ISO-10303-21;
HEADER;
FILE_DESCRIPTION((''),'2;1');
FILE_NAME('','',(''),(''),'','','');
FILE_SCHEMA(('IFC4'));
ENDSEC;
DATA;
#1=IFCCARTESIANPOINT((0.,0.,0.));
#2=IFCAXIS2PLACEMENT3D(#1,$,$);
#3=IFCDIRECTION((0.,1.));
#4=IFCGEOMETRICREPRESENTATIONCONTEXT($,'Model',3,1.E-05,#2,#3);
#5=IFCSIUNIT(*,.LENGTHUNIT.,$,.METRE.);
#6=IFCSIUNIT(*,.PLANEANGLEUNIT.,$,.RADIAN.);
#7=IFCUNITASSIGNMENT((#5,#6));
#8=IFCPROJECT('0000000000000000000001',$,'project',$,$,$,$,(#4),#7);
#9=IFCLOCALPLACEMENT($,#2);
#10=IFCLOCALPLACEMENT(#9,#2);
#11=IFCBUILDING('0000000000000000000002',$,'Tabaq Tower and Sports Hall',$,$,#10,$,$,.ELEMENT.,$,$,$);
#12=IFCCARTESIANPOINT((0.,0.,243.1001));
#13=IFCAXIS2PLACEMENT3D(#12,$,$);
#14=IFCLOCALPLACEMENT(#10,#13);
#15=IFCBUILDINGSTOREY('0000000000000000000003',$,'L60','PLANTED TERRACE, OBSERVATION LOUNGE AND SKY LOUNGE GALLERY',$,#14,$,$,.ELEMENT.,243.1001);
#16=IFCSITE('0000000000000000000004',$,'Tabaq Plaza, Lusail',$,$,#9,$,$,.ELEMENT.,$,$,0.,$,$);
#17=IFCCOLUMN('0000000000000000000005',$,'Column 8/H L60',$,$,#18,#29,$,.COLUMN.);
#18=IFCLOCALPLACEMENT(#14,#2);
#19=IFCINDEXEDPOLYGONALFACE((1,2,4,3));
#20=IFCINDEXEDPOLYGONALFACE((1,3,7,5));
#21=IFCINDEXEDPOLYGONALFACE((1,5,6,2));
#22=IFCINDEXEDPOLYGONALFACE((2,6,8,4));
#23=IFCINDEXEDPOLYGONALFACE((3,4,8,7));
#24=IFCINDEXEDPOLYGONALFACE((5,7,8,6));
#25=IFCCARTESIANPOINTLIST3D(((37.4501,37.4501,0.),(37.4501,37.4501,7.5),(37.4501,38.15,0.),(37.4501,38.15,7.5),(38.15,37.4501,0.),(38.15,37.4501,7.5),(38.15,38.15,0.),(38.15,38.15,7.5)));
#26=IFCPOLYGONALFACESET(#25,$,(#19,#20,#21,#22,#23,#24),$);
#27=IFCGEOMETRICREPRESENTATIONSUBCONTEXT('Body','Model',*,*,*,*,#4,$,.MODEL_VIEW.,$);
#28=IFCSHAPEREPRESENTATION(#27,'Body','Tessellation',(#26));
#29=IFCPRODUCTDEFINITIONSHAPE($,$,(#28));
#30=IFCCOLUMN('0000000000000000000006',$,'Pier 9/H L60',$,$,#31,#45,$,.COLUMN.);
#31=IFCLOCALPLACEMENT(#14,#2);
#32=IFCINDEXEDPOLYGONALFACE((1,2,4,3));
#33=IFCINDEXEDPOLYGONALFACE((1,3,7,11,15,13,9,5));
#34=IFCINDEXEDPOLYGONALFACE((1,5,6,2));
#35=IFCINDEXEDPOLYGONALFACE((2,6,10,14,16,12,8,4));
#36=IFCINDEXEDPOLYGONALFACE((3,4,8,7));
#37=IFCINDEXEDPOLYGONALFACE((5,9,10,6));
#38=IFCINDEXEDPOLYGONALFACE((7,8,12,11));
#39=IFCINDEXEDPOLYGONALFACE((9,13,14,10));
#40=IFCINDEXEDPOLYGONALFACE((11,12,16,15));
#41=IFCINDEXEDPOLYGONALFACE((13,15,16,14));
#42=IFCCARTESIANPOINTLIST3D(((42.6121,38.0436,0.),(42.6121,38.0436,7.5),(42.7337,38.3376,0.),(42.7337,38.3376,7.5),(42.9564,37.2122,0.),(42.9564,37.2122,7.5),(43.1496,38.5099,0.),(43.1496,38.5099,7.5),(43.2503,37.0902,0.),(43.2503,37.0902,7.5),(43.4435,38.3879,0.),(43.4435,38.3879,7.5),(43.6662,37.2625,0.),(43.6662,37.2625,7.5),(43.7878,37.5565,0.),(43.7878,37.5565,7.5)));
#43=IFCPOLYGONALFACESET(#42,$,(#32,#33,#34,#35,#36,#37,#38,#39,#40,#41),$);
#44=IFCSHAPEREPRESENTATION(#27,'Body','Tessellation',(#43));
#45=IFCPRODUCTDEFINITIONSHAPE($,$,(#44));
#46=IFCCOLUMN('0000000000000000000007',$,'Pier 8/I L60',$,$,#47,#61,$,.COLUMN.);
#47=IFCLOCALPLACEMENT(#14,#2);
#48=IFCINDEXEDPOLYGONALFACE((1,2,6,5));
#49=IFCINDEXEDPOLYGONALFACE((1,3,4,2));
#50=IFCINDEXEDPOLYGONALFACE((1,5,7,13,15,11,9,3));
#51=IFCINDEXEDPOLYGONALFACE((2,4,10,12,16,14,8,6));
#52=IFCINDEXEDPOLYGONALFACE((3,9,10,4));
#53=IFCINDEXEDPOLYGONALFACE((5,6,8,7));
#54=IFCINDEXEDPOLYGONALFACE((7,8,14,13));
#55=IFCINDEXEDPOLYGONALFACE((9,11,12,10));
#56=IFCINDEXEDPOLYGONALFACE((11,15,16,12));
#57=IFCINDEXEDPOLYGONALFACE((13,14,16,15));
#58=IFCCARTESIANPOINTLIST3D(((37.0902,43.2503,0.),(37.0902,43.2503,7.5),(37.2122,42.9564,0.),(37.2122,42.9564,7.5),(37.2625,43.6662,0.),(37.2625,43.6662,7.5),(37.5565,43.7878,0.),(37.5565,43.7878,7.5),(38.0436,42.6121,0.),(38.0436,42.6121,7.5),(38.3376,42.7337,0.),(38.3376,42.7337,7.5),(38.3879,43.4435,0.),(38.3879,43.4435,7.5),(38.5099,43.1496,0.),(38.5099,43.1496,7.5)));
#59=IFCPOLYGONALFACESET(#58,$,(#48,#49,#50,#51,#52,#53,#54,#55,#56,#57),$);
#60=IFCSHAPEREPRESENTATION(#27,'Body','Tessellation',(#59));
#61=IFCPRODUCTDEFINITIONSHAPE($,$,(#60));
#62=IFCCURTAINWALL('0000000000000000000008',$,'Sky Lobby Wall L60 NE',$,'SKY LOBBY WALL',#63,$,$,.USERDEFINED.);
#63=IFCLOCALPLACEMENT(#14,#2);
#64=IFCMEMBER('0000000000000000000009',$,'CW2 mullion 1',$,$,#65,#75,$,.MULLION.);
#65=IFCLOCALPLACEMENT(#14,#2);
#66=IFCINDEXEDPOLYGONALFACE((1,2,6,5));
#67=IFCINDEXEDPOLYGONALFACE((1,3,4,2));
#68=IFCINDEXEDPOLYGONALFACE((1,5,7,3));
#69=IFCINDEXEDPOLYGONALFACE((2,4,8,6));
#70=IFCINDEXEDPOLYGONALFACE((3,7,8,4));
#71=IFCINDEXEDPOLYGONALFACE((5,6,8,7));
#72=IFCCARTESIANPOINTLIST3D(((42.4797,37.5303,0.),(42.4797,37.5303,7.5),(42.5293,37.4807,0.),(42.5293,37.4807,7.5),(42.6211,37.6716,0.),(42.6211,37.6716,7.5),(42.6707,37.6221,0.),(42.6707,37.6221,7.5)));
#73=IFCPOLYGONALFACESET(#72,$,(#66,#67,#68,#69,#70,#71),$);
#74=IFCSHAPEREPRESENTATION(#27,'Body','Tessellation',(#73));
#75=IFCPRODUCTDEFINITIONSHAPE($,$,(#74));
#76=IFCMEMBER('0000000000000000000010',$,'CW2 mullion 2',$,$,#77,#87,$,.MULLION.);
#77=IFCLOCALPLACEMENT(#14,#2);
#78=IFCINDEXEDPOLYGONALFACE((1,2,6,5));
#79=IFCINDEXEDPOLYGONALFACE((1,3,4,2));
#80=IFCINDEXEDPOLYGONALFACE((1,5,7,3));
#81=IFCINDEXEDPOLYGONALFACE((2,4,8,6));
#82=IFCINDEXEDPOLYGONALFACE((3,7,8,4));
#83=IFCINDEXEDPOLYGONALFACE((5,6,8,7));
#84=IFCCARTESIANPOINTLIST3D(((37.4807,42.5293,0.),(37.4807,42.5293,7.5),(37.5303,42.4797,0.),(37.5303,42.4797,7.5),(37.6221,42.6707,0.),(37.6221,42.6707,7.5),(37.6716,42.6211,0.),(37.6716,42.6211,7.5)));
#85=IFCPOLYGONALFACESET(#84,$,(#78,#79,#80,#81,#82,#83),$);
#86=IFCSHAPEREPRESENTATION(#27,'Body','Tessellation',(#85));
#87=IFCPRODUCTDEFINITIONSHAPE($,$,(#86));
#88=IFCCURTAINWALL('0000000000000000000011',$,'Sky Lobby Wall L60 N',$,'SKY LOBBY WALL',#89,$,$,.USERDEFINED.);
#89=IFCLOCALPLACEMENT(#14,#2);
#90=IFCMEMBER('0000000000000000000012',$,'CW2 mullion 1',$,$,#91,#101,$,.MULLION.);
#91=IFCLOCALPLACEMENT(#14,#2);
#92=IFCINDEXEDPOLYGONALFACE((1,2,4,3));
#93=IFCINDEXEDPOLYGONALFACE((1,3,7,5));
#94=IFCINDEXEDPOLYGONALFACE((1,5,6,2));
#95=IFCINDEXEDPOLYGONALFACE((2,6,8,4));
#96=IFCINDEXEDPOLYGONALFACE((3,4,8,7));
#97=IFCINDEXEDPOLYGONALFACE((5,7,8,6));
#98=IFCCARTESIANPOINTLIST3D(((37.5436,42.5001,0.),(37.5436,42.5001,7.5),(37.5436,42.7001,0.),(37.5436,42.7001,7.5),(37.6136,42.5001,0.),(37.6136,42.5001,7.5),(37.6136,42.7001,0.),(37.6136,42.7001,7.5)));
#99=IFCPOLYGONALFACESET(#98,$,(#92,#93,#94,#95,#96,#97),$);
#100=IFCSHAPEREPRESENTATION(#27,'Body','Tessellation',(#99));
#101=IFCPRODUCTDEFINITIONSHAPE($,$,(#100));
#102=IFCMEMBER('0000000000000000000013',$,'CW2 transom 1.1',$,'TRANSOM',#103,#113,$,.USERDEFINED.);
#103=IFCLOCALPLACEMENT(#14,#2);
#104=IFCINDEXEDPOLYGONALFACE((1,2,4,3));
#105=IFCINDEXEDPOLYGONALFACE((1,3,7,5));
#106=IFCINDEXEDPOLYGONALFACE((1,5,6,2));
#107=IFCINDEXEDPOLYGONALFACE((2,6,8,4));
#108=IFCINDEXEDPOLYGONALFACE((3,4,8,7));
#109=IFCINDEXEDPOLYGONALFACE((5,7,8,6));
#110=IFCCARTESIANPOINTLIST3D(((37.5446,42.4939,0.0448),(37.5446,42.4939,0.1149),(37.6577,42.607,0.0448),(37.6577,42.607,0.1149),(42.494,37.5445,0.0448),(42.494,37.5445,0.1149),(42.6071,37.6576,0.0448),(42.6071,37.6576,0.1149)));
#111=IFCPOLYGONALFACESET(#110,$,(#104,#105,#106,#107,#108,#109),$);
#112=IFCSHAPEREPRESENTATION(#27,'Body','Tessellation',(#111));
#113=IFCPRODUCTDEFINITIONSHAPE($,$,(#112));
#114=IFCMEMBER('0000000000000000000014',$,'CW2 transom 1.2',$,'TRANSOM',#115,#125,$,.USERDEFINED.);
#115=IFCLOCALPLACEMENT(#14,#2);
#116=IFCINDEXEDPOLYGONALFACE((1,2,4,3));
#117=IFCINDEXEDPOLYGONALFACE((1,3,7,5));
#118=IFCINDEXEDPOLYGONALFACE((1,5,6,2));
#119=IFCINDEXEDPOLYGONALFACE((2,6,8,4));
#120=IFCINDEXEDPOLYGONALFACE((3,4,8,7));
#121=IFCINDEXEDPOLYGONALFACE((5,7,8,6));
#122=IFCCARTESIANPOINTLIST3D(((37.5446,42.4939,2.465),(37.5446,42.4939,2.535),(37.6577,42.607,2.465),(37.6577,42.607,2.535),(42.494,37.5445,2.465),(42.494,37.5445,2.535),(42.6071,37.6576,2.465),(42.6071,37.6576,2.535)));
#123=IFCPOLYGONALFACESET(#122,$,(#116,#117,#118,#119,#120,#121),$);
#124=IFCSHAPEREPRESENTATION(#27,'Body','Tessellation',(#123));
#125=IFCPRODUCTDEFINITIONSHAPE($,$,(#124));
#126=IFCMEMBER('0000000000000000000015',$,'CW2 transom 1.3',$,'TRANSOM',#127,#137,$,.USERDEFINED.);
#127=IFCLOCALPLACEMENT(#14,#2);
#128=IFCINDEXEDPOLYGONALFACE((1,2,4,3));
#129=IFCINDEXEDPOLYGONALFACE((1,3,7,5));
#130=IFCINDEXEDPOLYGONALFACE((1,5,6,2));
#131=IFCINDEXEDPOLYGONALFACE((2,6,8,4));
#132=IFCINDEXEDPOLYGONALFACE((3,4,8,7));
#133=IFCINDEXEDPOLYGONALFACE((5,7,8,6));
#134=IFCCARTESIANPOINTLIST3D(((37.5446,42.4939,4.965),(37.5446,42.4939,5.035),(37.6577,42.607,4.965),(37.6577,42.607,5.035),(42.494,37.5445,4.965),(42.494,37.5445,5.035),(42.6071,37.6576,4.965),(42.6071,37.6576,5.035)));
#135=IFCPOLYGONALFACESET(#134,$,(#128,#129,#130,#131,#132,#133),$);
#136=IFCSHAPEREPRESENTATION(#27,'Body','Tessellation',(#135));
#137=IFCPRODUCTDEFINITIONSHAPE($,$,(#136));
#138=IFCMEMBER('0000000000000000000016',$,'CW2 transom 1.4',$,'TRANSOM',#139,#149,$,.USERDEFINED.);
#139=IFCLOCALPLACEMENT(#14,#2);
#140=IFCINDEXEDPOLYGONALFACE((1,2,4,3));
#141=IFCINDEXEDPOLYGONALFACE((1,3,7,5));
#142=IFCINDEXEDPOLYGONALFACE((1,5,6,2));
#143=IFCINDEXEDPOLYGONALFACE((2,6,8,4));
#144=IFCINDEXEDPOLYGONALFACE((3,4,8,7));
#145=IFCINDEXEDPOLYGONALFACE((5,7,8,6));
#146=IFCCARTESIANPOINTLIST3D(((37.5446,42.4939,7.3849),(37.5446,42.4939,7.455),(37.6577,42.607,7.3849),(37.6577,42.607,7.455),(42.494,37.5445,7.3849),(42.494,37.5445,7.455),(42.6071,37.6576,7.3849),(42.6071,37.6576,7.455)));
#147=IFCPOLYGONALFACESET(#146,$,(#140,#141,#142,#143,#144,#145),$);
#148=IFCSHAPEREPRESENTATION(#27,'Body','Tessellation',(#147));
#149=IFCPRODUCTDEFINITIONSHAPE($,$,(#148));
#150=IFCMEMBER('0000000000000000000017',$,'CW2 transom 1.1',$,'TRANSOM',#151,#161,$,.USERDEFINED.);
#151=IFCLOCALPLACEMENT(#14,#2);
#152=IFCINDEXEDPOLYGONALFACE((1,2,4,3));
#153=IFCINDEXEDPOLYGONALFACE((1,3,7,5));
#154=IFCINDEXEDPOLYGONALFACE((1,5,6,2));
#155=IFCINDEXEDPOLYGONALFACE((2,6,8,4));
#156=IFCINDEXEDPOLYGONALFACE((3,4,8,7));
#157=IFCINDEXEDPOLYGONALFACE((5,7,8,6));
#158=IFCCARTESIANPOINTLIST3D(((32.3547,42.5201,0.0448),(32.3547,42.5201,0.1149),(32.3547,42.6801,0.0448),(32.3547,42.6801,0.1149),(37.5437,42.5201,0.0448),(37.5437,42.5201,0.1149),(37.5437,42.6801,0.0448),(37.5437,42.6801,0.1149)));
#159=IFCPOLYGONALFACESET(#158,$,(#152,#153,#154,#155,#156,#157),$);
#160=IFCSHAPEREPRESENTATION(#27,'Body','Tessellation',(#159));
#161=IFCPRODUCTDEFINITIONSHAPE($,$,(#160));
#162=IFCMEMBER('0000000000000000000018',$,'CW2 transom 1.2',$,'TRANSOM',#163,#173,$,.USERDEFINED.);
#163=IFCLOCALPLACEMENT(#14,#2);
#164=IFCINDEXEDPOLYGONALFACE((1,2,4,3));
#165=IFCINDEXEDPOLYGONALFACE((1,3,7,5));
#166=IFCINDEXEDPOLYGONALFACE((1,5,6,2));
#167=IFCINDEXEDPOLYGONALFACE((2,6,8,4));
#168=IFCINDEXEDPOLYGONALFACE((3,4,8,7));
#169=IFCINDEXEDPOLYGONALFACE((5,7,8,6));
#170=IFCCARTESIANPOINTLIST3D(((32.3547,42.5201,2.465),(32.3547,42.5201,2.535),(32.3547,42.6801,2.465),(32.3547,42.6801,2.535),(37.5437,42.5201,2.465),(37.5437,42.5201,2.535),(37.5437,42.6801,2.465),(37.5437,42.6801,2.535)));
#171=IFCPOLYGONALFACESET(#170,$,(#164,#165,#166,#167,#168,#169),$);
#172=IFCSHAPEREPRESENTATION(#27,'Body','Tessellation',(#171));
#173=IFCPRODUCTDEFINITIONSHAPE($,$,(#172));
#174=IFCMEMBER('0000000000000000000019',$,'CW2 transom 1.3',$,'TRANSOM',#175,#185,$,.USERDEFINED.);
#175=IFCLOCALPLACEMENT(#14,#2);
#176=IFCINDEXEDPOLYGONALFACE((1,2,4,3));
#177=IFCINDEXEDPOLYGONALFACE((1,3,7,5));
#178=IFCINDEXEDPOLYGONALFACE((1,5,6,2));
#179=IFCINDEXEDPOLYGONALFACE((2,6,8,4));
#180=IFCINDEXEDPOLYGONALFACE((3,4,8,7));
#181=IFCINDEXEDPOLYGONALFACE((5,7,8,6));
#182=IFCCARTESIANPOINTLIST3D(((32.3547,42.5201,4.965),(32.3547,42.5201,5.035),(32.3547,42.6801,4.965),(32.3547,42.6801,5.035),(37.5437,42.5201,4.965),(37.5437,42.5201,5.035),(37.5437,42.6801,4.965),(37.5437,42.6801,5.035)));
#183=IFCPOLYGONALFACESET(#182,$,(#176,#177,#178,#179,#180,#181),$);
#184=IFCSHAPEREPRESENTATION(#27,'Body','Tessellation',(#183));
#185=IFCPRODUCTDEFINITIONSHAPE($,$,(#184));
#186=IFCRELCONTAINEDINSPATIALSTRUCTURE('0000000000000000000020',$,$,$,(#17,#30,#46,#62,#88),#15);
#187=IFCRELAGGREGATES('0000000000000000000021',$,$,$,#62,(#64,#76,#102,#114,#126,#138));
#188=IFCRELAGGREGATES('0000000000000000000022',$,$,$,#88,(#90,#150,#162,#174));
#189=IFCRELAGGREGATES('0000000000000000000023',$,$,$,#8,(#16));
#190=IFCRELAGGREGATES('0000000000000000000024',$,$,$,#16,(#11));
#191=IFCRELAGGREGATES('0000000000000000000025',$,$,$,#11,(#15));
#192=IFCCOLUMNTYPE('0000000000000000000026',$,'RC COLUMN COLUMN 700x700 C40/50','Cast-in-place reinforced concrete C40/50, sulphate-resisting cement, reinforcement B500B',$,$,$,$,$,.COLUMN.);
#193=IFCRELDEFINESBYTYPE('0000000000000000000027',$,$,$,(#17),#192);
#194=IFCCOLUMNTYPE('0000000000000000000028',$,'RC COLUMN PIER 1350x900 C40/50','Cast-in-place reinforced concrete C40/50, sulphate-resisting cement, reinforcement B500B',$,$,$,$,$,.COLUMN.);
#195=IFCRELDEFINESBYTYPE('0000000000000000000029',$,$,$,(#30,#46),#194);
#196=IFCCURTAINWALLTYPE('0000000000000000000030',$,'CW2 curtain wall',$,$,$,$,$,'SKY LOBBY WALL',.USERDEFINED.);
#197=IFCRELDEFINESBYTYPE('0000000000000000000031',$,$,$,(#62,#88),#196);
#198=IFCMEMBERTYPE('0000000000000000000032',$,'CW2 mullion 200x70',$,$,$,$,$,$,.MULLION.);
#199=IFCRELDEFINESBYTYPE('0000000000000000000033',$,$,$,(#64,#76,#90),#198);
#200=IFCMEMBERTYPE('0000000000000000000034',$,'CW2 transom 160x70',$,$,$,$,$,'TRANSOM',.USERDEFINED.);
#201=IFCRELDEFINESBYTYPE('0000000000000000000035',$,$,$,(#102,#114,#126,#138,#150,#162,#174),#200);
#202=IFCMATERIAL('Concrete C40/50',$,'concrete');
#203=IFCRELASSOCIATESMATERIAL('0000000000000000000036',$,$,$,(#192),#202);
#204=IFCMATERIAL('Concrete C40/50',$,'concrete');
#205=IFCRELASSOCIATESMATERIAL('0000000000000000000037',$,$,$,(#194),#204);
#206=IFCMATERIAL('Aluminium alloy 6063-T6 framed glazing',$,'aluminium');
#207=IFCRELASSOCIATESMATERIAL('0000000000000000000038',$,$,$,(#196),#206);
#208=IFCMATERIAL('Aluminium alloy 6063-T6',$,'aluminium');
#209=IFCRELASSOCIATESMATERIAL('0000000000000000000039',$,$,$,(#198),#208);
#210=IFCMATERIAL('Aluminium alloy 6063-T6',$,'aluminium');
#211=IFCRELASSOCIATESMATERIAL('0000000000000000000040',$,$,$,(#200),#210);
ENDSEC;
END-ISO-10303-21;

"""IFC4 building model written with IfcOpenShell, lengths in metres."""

from ifc_helpers import new_model, si_unit, direction, frame, origin, origin_2d, place, context, subcontext, project, spatial, polyline, rectangle, outline, extrude, material, material_profile, profile_set, type_object, element, aggregate, save


model = new_model("IFC4")

# Units and contexts
model_context = context("Model", 3, precision=1e-05, world=origin(), true_north=direction((0.0, 1.0)))
body_context = subcontext(model_context, "Body", "Model", "MODEL_VIEW")
ifc_project = project(units=[si_unit("LENGTHUNIT", "METRE"), si_unit("PLANEANGLEUNIT", "RADIAN")], contexts=[model_context])

# Site, building, storey
site_placement = place(None, origin())
site = spatial("IfcSite", under=ifc_project, at=site_placement, Name="Tabaq Plaza, Lusail", CompositionType="ELEMENT", RefElevation=0.0)
building_placement = place(site_placement, origin())
building = spatial("IfcBuilding", under=site, at=building_placement, Name="Tabaq Tower and Sports Hall", CompositionType="ELEMENT")
storey_placement = place(building_placement, frame((0.0, 0.0, 243.1001)))
storey = spatial("IfcBuildingStorey", under=building, at=storey_placement, Name="L60", Description="PLANTED TERRACE, OBSERVATION LOUNGE AND SKY LOUNGE GALLERY", CompositionType="ELEMENT", Elevation=243.1001)

# Columns
ifc_material_1 = material(Name="Concrete C40/50", Category="concrete")
ifc_material_profile_1 = material_profile(ifc_material_1, rectangle(XDim=0.7, YDim=0.7, at=origin_2d()), Name="COLUMN 700x700")
ifc_profile_set_1 = profile_set([ifc_material_profile_1], Name="Concrete C40/50")
column_type_1 = type_object("IfcColumnType", Name="RC COLUMN COLUMN 700x700 C40/50", Description="Cast-in-place reinforced concrete C40/50, sulphate-resisting cement, reinforcement B500B", PredefinedType="COLUMN", material=ifc_profile_set_1)
column_placement = place(storey_placement, frame((37.8, 37.8, 0.0), z_axis=(0.0, 0.0, 1.0), x_axis=(1.0, 0.0, 0.0)))
element("IfcColumn", 1, at=column_placement, inside=storey, type_object=column_type_1, Name="Column 8/H L60", PredefinedType="COLUMN", context=body_context, shape_type="SweptSolid", body=[
    extrude(rectangle(XDim=0.7, YDim=0.7, at=origin_2d()), origin(), (0.0, 0.0, 1.0), 7.5),
])
ifc_material_2 = material(Name="Concrete C40/50", Category="concrete")
ifc_material_profile_2 = material_profile(ifc_material_2, outline(polyline([(-0.45, -0.45), (0.45, -0.45), (0.675, -0.2251), (0.675, 0.2251), (0.45, 0.45), (-0.45, 0.45), (-0.675, 0.2251), (-0.675, -0.2251), (-0.45, -0.45)])), Name="PIER 1350x900")
ifc_profile_set_2 = profile_set([ifc_material_profile_2], Name="Concrete C40/50")
column_type_2 = type_object("IfcColumnType", Name="RC COLUMN PIER 1350x900 C40/50", Description="Cast-in-place reinforced concrete C40/50, sulphate-resisting cement, reinforcement B500B", PredefinedType="COLUMN", material=ifc_profile_set_2)
for number, where, z_axis, x_axis, name in (
    (2, (43.2, 37.8, 0.0), (0.0, 0.0, 1.0), (-0.382683, 0.92388, 0.0), "Pier 9/H L60"),
    (3, (37.8, 43.2, 0.0), (0.0, 0.0, 1.0), (-0.92388, 0.382683, 0.0), "Pier 8/I L60"),
):
    element("IfcColumn", number, at=place(storey_placement, frame(where, z_axis=z_axis, x_axis=x_axis)), inside=storey, type_object=column_type_2, Name=name, PredefinedType="COLUMN", context=body_context, shape_type="SweptSolid", body=[
        extrude(outline(polyline([(-0.45, -0.45), (0.45, -0.45), (0.675, -0.2251), (0.675, 0.2251), (0.45, 0.45), (-0.45, 0.45), (-0.675, 0.2251), (-0.675, -0.2251), (-0.45, -0.45)])), origin(), (0.0, 0.0, 1.0), 7.5),
    ])

# Curtain wall, members
ifc_material_3 = material(Name="Aluminium alloy 6063-T6 framed glazing", Category="aluminium")
curtain_wall_type = type_object("IfcCurtainWallType", Name="CW2 curtain wall", ElementType="SKY LOBBY WALL", PredefinedType="USERDEFINED", material=ifc_material_3)
curtain_wall_1_placement = place(storey_placement, origin())
curtain_wall_1 = element("IfcCurtainWall", 4, at=curtain_wall_1_placement, inside=storey, type_object=curtain_wall_type, Name="Sky Lobby Wall L60 NE", ObjectType="SKY LOBBY WALL", PredefinedType="USERDEFINED")
ifc_material_4 = material(Name="Aluminium alloy 6063-T6", Category="aluminium")
ifc_material_profile_3 = material_profile(ifc_material_4, rectangle(XDim=0.2, YDim=0.0701, at=origin_2d()), Name="MULLION 200x70")
ifc_profile_set_3 = profile_set([ifc_material_profile_3], Name="Aluminium alloy 6063-T6")
member_type_1 = type_object("IfcMemberType", Name="CW2 mullion 200x70", PredefinedType="MULLION", material=ifc_profile_set_3)
member_1_placement = place(storey_placement, frame((42.5752, 37.5762, 0.0), z_axis=(0.0, 0.0, 1.0), x_axis=(-0.707107, -0.707107, 0.0)))
member_1 = element("IfcMember", 5, at=member_1_placement, type_object=member_type_1, Name="CW2 mullion 1", PredefinedType="MULLION", context=body_context, shape_type="SweptSolid", body=[
    extrude(rectangle(XDim=0.2, YDim=0.0701, at=origin_2d()), origin(), (0.0, 0.0, 1.0), 7.5),
])
member_2_placement = place(storey_placement, frame((37.5762, 42.5752, 0.0), z_axis=(0.0, 0.0, 1.0), x_axis=(-0.707107, -0.707107, 0.0)))
member_2 = element("IfcMember", 6, at=member_2_placement, type_object=member_type_1, Name="CW2 mullion 2", PredefinedType="MULLION", context=body_context, shape_type="SweptSolid", body=[
    extrude(rectangle(XDim=0.2, YDim=0.0701, at=origin_2d()), origin(), (0.0, 0.0, 1.0), 7.5),
])

# Curtain wall, member
curtain_wall_2_placement = place(storey_placement, origin())
curtain_wall_2 = element("IfcCurtainWall", 7, at=curtain_wall_2_placement, inside=storey, type_object=curtain_wall_type, Name="Sky Lobby Wall L60 N", ObjectType="SKY LOBBY WALL", PredefinedType="USERDEFINED")
member_3_placement = place(storey_placement, frame((37.5786, 42.6001, 0.0), z_axis=(0.0, 0.0, 1.0), x_axis=(0.0, -1.0, 0.0)))
member_3 = element("IfcMember", 8, at=member_3_placement, type_object=member_type_1, Name="CW2 mullion 1", PredefinedType="MULLION", context=body_context, shape_type="SweptSolid", body=[
    extrude(rectangle(XDim=0.2, YDim=0.0701, at=origin_2d()), origin(), (0.0, 0.0, 1.0), 7.5),
])

# Members
ifc_material_5 = material(Name="Aluminium alloy 6063-T6", Category="aluminium")
ifc_material_profile_4 = material_profile(ifc_material_5, rectangle(XDim=0.1599, YDim=0.0701, at=origin_2d()), Name="TRANSOM 160x70")
ifc_profile_set_4 = profile_set([ifc_material_profile_4], Name="Aluminium alloy 6063-T6")
member_type_2 = type_object("IfcMemberType", Name="CW2 transom 160x70", ElementType="TRANSOM", PredefinedType="USERDEFINED", material=ifc_profile_set_4)
member_4_placement = place(storey_placement, frame((42.5505, 37.6011, 0.0798), z_axis=(-0.707107, 0.707107, 0.0), x_axis=(-0.707107, -0.707107, 0.0)))
member_4 = element("IfcMember", 9, at=member_4_placement, type_object=member_type_2, Name="CW2 transom 1.1", ObjectType="TRANSOM", PredefinedType="USERDEFINED", context=body_context, shape_type="SweptSolid", body=[
    extrude(rectangle(XDim=0.1599, YDim=0.0701, at=origin_2d()), origin(), (0.0, 0.0, 1.0), 6.9995),
])
member_5_placement = place(storey_placement, frame((42.5505, 37.6011, 2.5), z_axis=(-0.707107, 0.707107, 0.0), x_axis=(-0.707107, -0.707107, 0.0)))
member_5 = element("IfcMember", 10, at=member_5_placement, type_object=member_type_2, Name="CW2 transom 1.2", ObjectType="TRANSOM", PredefinedType="USERDEFINED", context=body_context, shape_type="SweptSolid", body=[
    extrude(rectangle(XDim=0.1599, YDim=0.0701, at=origin_2d()), origin(), (0.0, 0.0, 1.0), 6.9995),
])
member_6_placement = place(storey_placement, frame((42.5505, 37.6011, 5.0), z_axis=(-0.707107, 0.707107, 0.0), x_axis=(-0.707107, -0.707107, 0.0)))
member_6 = element("IfcMember", 11, at=member_6_placement, type_object=member_type_2, Name="CW2 transom 1.3", ObjectType="TRANSOM", PredefinedType="USERDEFINED", context=body_context, shape_type="SweptSolid", body=[
    extrude(rectangle(XDim=0.1599, YDim=0.0701, at=origin_2d()), origin(), (0.0, 0.0, 1.0), 6.9995),
])
member_7_placement = place(storey_placement, frame((42.5505, 37.6011, 7.4199), z_axis=(-0.707107, 0.707107, 0.0), x_axis=(-0.707107, -0.707107, 0.0)))
member_7 = element("IfcMember", 12, at=member_7_placement, type_object=member_type_2, Name="CW2 transom 1.4", ObjectType="TRANSOM", PredefinedType="USERDEFINED", context=body_context, shape_type="SweptSolid", body=[
    extrude(rectangle(XDim=0.1599, YDim=0.0701, at=origin_2d()), origin(), (0.0, 0.0, 1.0), 6.9995),
])
member_8_placement = place(storey_placement, frame((37.5437, 42.6001, 0.0798), z_axis=(-1.0, 0.0, 0.0), x_axis=(0.0, -1.0, 0.0)))
member_8 = element("IfcMember", 13, at=member_8_placement, type_object=member_type_2, Name="CW2 transom 1.1", ObjectType="TRANSOM", PredefinedType="USERDEFINED", context=body_context, shape_type="SweptSolid", body=[
    extrude(rectangle(XDim=0.1599, YDim=0.0701, at=origin_2d()), origin(), (0.0, 0.0, 1.0), 5.189),
])
member_9_placement = place(storey_placement, frame((37.5437, 42.6001, 2.5), z_axis=(-1.0, 0.0, 0.0), x_axis=(0.0, -1.0, 0.0)))
member_9 = element("IfcMember", 14, at=member_9_placement, type_object=member_type_2, Name="CW2 transom 1.2", ObjectType="TRANSOM", PredefinedType="USERDEFINED", context=body_context, shape_type="SweptSolid", body=[
    extrude(rectangle(XDim=0.1599, YDim=0.0701, at=origin_2d()), origin(), (0.0, 0.0, 1.0), 5.189),
])
member_10_placement = place(storey_placement, frame((37.5437, 42.6001, 5.0), z_axis=(-1.0, 0.0, 0.0), x_axis=(0.0, -1.0, 0.0)))
member_10 = element("IfcMember", 15, at=member_10_placement, type_object=member_type_2, Name="CW2 transom 1.3", ObjectType="TRANSOM", PredefinedType="USERDEFINED", context=body_context, shape_type="SweptSolid", body=[
    extrude(rectangle(XDim=0.1599, YDim=0.0701, at=origin_2d()), origin(), (0.0, 0.0, 1.0), 5.189),
])

aggregate(curtain_wall_1, [member_1, member_2, member_4, member_5, member_6, member_7])
aggregate(curtain_wall_2, [member_3, member_8, member_9, member_10])

save(model, "model.ifc")
